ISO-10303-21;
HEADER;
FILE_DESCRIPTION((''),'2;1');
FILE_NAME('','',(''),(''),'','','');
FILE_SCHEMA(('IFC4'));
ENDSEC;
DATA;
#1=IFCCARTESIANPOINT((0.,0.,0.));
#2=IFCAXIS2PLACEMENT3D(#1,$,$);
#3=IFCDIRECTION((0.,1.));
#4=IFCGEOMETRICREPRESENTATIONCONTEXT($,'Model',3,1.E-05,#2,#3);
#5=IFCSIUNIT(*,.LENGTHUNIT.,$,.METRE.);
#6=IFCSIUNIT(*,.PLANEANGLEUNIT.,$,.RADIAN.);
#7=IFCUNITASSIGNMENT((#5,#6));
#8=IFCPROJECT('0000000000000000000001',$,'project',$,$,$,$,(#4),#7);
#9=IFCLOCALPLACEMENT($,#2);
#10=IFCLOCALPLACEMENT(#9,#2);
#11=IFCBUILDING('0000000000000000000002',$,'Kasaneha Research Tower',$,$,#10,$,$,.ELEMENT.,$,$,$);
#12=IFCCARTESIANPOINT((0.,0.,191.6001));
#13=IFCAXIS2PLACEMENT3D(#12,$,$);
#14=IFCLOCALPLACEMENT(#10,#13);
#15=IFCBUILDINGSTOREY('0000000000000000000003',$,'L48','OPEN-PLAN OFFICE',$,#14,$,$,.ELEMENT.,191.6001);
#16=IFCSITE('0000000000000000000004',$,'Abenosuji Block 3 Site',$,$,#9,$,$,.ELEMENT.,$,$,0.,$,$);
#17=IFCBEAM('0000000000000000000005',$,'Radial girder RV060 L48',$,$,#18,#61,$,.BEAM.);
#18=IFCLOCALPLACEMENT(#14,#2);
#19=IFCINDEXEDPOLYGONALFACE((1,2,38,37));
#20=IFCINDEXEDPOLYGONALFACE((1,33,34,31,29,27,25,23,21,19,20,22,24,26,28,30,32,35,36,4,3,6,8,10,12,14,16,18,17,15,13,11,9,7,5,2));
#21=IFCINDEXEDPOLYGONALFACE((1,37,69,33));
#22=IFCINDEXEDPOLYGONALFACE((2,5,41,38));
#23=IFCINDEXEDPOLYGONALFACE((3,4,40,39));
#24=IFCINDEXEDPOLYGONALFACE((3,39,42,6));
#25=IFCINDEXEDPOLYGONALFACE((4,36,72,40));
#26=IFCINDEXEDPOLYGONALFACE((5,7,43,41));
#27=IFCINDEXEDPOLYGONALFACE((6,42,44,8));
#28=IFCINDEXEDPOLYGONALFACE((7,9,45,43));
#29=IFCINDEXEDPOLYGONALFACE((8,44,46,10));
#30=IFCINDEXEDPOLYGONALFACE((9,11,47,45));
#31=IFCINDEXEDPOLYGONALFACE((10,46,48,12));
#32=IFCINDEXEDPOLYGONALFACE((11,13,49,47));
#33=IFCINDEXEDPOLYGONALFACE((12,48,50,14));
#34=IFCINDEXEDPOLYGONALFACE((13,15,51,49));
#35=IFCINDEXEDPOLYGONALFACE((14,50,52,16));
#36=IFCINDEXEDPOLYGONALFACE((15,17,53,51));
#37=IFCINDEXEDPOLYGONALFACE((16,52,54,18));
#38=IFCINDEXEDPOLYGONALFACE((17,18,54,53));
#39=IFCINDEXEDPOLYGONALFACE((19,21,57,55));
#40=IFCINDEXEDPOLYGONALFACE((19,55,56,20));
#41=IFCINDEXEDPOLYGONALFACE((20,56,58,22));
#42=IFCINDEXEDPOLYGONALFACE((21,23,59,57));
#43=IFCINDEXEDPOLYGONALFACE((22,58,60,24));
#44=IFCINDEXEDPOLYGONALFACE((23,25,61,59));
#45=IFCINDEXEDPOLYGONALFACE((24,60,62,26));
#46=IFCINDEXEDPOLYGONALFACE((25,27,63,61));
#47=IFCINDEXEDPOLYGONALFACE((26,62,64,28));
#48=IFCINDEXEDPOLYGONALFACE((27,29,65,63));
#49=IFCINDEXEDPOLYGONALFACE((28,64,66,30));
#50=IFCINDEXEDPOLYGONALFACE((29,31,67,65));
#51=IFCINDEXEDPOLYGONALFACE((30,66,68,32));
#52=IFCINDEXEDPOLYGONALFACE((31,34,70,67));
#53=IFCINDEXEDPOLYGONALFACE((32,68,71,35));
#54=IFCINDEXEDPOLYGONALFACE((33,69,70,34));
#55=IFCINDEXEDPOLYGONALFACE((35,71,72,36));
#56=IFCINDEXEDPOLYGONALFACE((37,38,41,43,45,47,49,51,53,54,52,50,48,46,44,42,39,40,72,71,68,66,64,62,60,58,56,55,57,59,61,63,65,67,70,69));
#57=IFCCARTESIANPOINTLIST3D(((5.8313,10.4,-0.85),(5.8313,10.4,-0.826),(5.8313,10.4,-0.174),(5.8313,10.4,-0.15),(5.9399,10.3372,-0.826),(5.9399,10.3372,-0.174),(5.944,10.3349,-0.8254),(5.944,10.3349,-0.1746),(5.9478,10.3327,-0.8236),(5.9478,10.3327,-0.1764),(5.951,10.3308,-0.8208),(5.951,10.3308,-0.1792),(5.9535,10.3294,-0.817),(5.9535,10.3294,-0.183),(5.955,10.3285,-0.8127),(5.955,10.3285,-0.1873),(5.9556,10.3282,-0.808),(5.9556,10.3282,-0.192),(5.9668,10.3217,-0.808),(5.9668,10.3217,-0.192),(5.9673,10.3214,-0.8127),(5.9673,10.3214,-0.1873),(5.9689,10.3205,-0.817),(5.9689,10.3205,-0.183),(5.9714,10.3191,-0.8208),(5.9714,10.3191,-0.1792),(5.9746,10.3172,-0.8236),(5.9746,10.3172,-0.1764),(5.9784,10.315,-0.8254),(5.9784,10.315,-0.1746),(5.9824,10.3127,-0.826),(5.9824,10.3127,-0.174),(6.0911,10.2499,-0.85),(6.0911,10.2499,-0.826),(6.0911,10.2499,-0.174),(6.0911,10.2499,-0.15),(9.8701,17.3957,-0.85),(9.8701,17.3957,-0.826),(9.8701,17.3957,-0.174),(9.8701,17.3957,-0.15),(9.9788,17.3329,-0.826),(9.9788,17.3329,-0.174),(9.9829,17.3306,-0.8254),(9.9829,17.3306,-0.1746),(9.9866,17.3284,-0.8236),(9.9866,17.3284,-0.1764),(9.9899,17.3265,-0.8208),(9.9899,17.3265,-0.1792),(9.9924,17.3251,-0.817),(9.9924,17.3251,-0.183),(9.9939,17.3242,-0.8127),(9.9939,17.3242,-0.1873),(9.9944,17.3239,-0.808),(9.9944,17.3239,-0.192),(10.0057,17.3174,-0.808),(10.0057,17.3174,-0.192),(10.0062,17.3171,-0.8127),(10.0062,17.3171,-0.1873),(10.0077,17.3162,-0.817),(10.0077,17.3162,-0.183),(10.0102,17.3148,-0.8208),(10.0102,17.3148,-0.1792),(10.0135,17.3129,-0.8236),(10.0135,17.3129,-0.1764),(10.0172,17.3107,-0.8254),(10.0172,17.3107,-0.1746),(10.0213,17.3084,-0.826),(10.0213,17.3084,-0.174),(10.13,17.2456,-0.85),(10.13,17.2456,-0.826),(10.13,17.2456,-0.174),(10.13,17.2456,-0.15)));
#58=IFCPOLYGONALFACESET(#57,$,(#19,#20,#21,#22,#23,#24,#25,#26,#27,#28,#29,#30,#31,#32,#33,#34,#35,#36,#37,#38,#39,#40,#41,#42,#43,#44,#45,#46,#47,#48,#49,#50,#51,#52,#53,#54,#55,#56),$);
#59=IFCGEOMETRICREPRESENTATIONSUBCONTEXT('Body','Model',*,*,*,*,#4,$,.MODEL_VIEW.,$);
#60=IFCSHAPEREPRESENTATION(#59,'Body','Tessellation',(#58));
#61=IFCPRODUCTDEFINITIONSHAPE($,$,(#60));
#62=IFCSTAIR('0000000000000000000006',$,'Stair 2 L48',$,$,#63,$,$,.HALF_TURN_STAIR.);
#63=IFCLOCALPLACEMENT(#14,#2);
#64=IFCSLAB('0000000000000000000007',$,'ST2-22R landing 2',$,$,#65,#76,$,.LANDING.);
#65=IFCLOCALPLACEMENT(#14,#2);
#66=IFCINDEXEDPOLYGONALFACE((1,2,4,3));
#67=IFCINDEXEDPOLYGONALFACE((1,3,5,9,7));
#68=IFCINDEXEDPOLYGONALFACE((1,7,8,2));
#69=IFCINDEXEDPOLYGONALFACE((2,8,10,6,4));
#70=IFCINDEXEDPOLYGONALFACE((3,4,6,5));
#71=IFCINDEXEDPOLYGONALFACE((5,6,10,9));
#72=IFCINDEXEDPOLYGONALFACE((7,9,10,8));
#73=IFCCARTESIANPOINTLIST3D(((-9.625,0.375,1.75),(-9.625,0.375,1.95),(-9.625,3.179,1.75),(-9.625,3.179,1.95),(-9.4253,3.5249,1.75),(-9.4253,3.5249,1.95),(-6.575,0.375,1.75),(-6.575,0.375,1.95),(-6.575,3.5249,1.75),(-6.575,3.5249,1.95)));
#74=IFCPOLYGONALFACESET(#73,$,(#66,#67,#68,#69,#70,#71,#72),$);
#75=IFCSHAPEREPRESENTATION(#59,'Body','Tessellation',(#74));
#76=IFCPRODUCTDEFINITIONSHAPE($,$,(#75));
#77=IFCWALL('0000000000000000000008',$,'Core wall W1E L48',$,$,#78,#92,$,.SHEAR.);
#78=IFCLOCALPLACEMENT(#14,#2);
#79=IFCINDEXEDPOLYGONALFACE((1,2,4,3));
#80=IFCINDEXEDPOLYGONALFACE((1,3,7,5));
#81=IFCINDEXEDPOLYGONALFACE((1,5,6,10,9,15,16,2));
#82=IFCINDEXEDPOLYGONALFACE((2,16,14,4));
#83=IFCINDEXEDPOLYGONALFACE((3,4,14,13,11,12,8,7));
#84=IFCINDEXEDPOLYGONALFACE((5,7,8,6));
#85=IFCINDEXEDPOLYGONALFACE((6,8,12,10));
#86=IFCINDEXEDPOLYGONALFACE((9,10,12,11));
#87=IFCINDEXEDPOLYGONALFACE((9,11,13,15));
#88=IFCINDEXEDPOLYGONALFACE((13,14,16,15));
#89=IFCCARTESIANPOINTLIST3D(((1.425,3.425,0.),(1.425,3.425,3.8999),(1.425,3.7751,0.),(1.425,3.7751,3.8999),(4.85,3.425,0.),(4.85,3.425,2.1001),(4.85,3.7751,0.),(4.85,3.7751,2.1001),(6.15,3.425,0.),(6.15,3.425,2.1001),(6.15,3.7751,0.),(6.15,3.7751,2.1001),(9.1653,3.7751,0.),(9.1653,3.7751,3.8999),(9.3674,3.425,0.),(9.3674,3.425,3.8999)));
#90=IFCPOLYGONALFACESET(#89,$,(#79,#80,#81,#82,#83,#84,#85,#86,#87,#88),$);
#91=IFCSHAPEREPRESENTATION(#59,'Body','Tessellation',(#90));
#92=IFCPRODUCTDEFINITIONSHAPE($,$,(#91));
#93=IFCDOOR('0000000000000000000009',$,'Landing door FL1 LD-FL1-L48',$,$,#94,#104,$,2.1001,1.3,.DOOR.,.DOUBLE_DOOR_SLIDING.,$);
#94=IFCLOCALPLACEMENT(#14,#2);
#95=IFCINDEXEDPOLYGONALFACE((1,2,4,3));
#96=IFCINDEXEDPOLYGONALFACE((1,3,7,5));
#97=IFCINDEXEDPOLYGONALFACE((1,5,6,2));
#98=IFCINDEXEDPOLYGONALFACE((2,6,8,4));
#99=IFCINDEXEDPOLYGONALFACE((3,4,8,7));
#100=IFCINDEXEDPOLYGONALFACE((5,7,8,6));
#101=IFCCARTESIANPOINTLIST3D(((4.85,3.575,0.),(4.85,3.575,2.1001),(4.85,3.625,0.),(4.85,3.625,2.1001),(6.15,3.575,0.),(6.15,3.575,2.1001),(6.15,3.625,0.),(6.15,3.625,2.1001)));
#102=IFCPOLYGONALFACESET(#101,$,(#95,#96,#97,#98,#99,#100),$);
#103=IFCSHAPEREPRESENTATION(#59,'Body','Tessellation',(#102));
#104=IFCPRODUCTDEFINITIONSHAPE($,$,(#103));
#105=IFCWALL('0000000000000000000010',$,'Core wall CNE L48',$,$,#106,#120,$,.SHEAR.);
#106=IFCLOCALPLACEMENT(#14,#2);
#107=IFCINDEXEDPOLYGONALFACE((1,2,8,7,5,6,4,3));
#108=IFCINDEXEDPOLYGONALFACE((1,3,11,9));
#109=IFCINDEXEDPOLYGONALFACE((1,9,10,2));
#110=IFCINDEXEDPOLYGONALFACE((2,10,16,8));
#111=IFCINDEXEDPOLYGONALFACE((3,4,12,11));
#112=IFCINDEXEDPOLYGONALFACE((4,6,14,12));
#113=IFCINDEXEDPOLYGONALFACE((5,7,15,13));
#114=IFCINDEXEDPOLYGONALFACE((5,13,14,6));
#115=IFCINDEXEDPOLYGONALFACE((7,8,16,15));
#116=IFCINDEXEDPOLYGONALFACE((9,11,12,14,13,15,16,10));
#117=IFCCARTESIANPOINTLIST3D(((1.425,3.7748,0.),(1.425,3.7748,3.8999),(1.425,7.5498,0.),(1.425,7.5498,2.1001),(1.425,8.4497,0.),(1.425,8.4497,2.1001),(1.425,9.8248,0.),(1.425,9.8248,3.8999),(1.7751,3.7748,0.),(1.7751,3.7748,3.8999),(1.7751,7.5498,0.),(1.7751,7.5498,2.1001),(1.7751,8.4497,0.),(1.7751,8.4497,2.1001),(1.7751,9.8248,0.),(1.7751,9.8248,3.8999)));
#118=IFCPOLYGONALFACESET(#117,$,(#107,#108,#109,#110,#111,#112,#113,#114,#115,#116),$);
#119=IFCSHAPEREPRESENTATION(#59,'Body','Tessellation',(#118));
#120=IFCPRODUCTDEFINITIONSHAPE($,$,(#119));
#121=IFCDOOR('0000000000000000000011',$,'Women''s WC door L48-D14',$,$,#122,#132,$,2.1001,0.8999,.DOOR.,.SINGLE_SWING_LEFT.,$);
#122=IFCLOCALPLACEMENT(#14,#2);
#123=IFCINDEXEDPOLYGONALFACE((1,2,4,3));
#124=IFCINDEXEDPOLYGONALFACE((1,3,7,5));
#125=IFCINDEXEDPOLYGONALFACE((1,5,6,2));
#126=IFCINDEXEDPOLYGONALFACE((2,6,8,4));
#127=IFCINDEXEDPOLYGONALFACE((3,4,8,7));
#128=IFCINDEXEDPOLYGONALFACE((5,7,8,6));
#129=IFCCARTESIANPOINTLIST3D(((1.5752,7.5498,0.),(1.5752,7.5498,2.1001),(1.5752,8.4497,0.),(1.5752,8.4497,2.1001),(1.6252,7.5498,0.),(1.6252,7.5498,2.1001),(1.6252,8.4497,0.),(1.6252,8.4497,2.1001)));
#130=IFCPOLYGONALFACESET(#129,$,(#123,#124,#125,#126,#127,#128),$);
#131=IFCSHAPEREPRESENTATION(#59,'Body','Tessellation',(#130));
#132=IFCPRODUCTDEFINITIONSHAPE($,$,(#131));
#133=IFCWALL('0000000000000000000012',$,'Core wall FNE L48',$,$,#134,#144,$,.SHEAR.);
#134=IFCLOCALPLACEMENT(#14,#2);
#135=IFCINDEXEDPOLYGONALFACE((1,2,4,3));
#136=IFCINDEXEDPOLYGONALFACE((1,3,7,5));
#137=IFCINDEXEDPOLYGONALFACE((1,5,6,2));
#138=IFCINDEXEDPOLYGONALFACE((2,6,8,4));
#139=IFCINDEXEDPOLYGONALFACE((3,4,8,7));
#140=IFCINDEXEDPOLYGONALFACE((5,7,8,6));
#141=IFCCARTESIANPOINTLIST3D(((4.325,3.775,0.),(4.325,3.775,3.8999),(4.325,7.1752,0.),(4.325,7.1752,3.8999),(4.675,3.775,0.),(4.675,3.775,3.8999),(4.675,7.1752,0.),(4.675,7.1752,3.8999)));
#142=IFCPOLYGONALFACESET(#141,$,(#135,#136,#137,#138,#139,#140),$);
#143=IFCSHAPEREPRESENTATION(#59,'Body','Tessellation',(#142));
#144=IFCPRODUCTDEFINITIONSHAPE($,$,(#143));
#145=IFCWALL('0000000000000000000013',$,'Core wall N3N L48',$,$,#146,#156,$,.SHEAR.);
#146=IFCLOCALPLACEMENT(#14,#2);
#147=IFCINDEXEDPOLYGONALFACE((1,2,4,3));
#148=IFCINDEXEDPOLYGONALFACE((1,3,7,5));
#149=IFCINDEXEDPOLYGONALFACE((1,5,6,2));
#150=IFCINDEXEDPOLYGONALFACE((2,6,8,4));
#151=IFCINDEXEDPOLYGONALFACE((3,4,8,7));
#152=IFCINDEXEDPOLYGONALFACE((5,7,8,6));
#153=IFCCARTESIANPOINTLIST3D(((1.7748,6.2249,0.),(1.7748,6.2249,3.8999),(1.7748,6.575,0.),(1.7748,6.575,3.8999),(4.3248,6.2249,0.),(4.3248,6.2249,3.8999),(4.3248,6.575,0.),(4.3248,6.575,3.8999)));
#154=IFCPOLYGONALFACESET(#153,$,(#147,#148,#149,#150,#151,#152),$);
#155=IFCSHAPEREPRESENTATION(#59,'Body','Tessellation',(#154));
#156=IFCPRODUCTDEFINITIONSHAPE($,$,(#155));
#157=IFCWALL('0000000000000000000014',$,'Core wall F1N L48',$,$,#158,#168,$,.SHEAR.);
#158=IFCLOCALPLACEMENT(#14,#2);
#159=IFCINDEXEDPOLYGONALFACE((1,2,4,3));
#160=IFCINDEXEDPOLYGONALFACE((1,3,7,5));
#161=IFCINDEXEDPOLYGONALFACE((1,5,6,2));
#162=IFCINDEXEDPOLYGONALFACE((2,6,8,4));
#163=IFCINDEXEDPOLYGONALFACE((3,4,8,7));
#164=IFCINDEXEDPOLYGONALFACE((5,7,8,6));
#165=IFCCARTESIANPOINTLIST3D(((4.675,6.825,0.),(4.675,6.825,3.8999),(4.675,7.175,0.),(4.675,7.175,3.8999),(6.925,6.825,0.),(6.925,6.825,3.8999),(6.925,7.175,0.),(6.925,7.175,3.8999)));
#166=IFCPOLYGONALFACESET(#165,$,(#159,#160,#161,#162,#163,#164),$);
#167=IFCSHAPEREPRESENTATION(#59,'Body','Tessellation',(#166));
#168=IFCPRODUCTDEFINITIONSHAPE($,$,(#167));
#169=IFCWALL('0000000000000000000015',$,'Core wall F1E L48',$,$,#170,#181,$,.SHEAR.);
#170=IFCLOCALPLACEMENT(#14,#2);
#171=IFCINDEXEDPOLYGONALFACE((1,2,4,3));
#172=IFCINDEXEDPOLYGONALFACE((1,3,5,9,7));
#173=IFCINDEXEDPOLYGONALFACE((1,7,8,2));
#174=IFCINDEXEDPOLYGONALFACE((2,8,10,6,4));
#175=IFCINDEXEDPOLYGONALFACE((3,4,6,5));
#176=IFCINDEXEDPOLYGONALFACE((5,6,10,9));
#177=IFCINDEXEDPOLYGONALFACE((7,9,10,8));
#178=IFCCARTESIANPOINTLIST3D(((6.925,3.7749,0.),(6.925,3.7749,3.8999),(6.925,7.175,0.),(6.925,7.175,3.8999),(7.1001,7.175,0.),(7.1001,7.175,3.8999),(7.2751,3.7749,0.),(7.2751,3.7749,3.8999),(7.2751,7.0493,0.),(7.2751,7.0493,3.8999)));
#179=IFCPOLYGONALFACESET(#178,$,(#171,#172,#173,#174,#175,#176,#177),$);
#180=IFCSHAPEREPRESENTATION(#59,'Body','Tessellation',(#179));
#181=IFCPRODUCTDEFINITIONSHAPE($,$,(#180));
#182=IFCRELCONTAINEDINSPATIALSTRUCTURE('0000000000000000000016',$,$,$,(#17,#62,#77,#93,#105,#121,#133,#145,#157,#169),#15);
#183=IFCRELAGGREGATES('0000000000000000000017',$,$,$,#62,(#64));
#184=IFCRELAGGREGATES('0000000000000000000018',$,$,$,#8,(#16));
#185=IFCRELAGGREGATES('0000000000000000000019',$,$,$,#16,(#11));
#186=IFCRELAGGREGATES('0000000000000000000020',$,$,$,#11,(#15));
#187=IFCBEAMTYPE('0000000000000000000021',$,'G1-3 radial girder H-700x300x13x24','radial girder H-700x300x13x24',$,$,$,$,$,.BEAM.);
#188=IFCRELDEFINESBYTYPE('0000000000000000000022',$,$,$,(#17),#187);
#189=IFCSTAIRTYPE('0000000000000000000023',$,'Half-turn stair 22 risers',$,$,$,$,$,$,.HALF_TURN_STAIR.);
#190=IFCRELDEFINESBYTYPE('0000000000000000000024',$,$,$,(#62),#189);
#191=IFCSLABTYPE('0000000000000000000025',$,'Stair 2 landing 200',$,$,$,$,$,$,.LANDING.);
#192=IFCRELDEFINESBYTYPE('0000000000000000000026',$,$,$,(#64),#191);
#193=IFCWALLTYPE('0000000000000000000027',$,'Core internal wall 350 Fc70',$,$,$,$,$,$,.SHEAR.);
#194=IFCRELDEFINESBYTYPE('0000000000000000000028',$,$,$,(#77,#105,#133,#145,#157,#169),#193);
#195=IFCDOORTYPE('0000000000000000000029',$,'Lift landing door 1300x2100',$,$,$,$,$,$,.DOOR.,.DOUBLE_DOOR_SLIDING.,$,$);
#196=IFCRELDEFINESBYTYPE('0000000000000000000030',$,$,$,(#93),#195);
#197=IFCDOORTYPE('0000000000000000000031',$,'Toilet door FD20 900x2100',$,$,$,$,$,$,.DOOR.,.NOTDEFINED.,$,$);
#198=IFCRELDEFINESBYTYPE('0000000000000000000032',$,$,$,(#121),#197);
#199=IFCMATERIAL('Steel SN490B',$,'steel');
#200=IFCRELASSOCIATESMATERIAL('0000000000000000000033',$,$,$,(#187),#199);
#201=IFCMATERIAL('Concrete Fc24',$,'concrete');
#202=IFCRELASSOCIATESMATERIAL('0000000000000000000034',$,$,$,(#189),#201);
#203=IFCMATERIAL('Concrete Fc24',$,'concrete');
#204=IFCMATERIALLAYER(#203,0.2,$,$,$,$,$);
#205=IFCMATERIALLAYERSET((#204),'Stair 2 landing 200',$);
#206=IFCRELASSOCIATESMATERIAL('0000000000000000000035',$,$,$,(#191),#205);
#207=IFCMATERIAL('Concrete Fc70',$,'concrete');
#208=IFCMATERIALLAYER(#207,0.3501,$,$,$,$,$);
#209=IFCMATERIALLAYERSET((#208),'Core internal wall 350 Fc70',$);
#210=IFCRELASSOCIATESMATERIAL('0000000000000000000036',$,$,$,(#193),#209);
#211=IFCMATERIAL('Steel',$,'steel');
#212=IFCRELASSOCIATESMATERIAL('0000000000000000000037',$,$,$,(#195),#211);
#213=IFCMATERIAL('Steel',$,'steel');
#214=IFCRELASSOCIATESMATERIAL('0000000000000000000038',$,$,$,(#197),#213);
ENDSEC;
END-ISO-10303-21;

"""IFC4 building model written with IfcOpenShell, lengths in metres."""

from ifc_helpers import new_model, si_unit, direction, frame, frame_2d, origin, origin_2d, place, context, subcontext, project, spatial, polyline, rectangle, i_section, outline, extrude, material, layer, layer_set, material_profile, profile_set, type_object, element, fill, aggregate, save


model = new_model("IFC4")

# Units and contexts
model_context = context("Model", 3, precision=1e-05, world=origin(), true_north=direction((0.0, 1.0)))
body_context = subcontext(model_context, "Body", "Model", "MODEL_VIEW")
ifc_project = project(units=[si_unit("LENGTHUNIT", "METRE"), si_unit("PLANEANGLEUNIT", "RADIAN")], contexts=[model_context])

# Site, building, storey
site_placement = place(None, origin())
site = spatial("IfcSite", under=ifc_project, at=site_placement, Name="Abenosuji Block 3 Site", CompositionType="ELEMENT", RefElevation=0.0)
building_placement = place(site_placement, origin())
building = spatial("IfcBuilding", under=site, at=building_placement, Name="Kasaneha Research Tower", CompositionType="ELEMENT")
storey_placement = place(building_placement, frame((0.0, 0.0, 191.6001)))
storey = spatial("IfcBuildingStorey", under=building, at=storey_placement, Name="L48", Description="OPEN-PLAN OFFICE", CompositionType="ELEMENT", Elevation=191.6001)

# Beam
ifc_material_1 = material(Name="Steel SN490B", Category="steel")
ifc_material_profile = material_profile(ifc_material_1, i_section(OverallWidth=0.3, OverallDepth=0.7, WebThickness=0.0129, FlangeThickness=0.0239, FilletRadius=0.0181, at=origin_2d()), Name="H-700x300x13x24")
ifc_profile_set = profile_set([ifc_material_profile], Name="Steel SN490B")
beam_type = type_object("IfcBeamType", Name="G1-3 radial girder H-700x300x13x24", Description="radial girder H-700x300x13x24", PredefinedType="BEAM", material=ifc_profile_set)
beam_placement = place(storey_placement, frame((5.9612, 10.325, -0.5), z_axis=(0.499991, 0.866031, 0.0), x_axis=(-0.866031, 0.499991, 0.0)))
element("IfcBeam", 1, at=beam_placement, inside=storey, type_object=beam_type, Name="Radial girder RV060 L48", PredefinedType="BEAM", context=body_context, shape_type="SweptSolid", body=[
    extrude(i_section(OverallWidth=0.3, OverallDepth=0.7, WebThickness=0.0129, FlangeThickness=0.0239, FilletRadius=0.0181, at=origin_2d()), origin(), (0.0, 0.0, 1.0), 8.0779),
])

# Stair, slab
ifc_material_2 = material(Name="Concrete Fc24", Category="concrete")
stair_type = type_object("IfcStairType", Name="Half-turn stair 22 risers", PredefinedType="HALF_TURN_STAIR", material=ifc_material_2)
stair_1_placement = place(storey_placement, origin())
stair_1 = element("IfcStair", 2, at=stair_1_placement, inside=storey, type_object=stair_type, Name="Stair 2 L48", PredefinedType="HALF_TURN_STAIR")
ifc_material_3 = material(Name="Concrete Fc24", Category="concrete")
ifc_layer_1 = layer(ifc_material_3, 0.2)
ifc_layer_set_1 = layer_set([ifc_layer_1], Name="Stair 2 landing 200")
slab_type = type_object("IfcSlabType", Name="Stair 2 landing 200", PredefinedType="LANDING", material=ifc_layer_set_1)
slab_placement = place(storey_placement, frame((0.0, 0.0, 1.75)))
slab = element("IfcSlab", 3, at=slab_placement, type_object=slab_type, Name="ST2-22R landing 2", PredefinedType="LANDING", context=body_context, shape_type="SweptSolid", body=[
    extrude(outline(polyline([(-6.575, 0.375), (-9.625, 0.375), (-9.625, 3.179), (-9.4253, 3.5249), (-6.575, 3.5249), (-6.575, 0.375)])), origin(), (0.0, 0.0, 1.0), 0.2),
])
aggregate(stair_1, [slab])

# Walls, openings, doors
ifc_material_4 = material(Name="Concrete Fc70", Category="concrete")
ifc_layer_2 = layer(ifc_material_4, 0.3501)
ifc_layer_set_2 = layer_set([ifc_layer_2], Name="Core internal wall 350 Fc70")
wall_type_1 = type_object("IfcWallType", Name="Core internal wall 350 Fc70", PredefinedType="SHEAR", material=ifc_layer_set_2)
wall_1_placement = place(storey_placement, frame((1.425, 3.6001, 0.0), z_axis=(0.0, 0.0, 1.0), x_axis=(1.0, 0.0, 0.0)))
wall_1 = element("IfcWall", 4, at=wall_1_placement, inside=storey, type_object=wall_type_1, Name="Core wall W1E L48", PredefinedType="SHEAR", context=body_context, shape_type="SweptSolid", body=[
    extrude(outline(polyline([(0.0, -0.175), (3.425, -0.175), (4.7251, -0.175), (7.9424, -0.175), (7.7402, 0.175), (4.7251, 0.175), (3.425, 0.175), (0.0, 0.175), (0.0, -0.175)])), origin(), (0.0, 0.0, 1.0), 3.8999),
])
opening_1_placement = place(wall_1_placement, frame((3.425, 0.0, 0.0)))
opening_1 = element("IfcOpeningElement", 5, at=opening_1_placement, cuts=wall_1, PredefinedType="OPENING", context=body_context, shape_type="SweptSolid", body=[
    extrude(rectangle(XDim=1.3, YDim=2.1001, at=frame_2d((0.6499, 1.05))), frame((0.0, 0.1851, 0.0), z_axis=(0.0, -1.0, 0.0), x_axis=(1.0, 0.0, 0.0)), (0.0, 0.0, 1.0), 0.3701),
])
ifc_material_5 = material(Name="Steel", Category="steel")
door_type_1 = type_object("IfcDoorType", Name="Lift landing door 1300x2100", OperationType="DOUBLE_DOOR_SLIDING", PredefinedType="DOOR", material=ifc_material_5)
door_1_placement = place(opening_1_placement, origin())
door_1 = element("IfcDoor", 6, at=door_1_placement, inside=storey, type_object=door_type_1, Name="Landing door FL1 LD-FL1-L48", OperationType="DOUBLE_DOOR_SLIDING", OverallHeight=2.1001, OverallWidth=1.3, PredefinedType="DOOR", context=body_context, shape_type="SweptSolid", body=[
    extrude(rectangle(XDim=1.3, YDim=2.1001, at=frame_2d((0.6499, 1.05))), frame((0.0, 0.0249, 0.0), z_axis=(0.0, -1.0, 0.0), x_axis=(1.0, 0.0, 0.0)), (0.0, 0.0, 1.0), 0.05),
])
fill(opening_1, door_1)
wall_2_placement = place(storey_placement, frame((1.6001, 3.7749, 0.0), z_axis=(0.0, 0.0, 1.0), x_axis=(0.0, 1.0, 0.0)))
wall_2 = element("IfcWall", 7, at=wall_2_placement, inside=storey, type_object=wall_type_1, Name="Core wall CNE L48", PredefinedType="SHEAR", context=body_context, shape_type="SweptSolid", body=[
    extrude(rectangle(XDim=6.05, YDim=0.3501, at=frame_2d((3.0249, 0.0))), origin(), (0.0, 0.0, 1.0), 3.8999),
])
opening_2_placement = place(wall_2_placement, frame((3.7749, 0.0, 0.0)))
opening_2 = element("IfcOpeningElement", 8, at=opening_2_placement, cuts=wall_2, PredefinedType="OPENING", context=body_context, shape_type="SweptSolid", body=[
    extrude(rectangle(XDim=0.8999, YDim=2.1001, at=frame_2d((0.45, 1.05))), frame((0.0, 0.1851, 0.0), z_axis=(0.0, -1.0, 0.0), x_axis=(1.0, 0.0, 0.0)), (0.0, 0.0, 1.0), 0.3701),
])
ifc_material_6 = material(Name="Steel", Category="steel")
door_type_2 = type_object("IfcDoorType", Name="Toilet door FD20 900x2100", OperationType="NOTDEFINED", PredefinedType="DOOR", material=ifc_material_6)
door_2_placement = place(opening_2_placement, origin())
door_2 = element("IfcDoor", 9, at=door_2_placement, inside=storey, type_object=door_type_2, Name="Women's WC door L48-D14", OperationType="SINGLE_SWING_LEFT", OverallHeight=2.1001, OverallWidth=0.8999, PredefinedType="DOOR", context=body_context, shape_type="SweptSolid", body=[
    extrude(rectangle(XDim=0.8999, YDim=2.1001, at=frame_2d((0.45, 1.05))), frame((0.0, 0.0249, 0.0), z_axis=(0.0, -1.0, 0.0), x_axis=(1.0, 0.0, 0.0)), (0.0, 0.0, 1.0), 0.05),
])
fill(opening_2, door_2)

# Walls
wall_3_placement = place(storey_placement, frame((4.5, 3.7749, 0.0), z_axis=(0.0, 0.0, 1.0), x_axis=(0.0, 1.0, 0.0)))
element("IfcWall", 10, at=wall_3_placement, inside=storey, type_object=wall_type_1, Name="Core wall FNE L48", PredefinedType="SHEAR", context=body_context, shape_type="SweptSolid", body=[
    extrude(rectangle(XDim=3.4001, YDim=0.3501, at=frame_2d((1.7002, 0.0))), origin(), (0.0, 0.0, 1.0), 3.8999),
])
wall_4_placement = place(storey_placement, frame((1.7749, 6.3999, 0.0), z_axis=(0.0, 0.0, 1.0), x_axis=(1.0, 0.0, 0.0)))
element("IfcWall", 11, at=wall_4_placement, inside=storey, type_object=wall_type_1, Name="Core wall N3N L48", PredefinedType="SHEAR", context=body_context, shape_type="SweptSolid", body=[
    extrude(rectangle(XDim=2.55, YDim=0.3501, at=frame_2d((1.2749, 0.0))), origin(), (0.0, 0.0, 1.0), 3.8999),
])
wall_5_placement = place(storey_placement, frame((4.675, 7.0, 0.0), z_axis=(0.0, 0.0, 1.0), x_axis=(1.0, 0.0, 0.0)))
element("IfcWall", 12, at=wall_5_placement, inside=storey, type_object=wall_type_1, Name="Core wall F1N L48", PredefinedType="SHEAR", context=body_context, shape_type="SweptSolid", body=[
    extrude(rectangle(XDim=2.25, YDim=0.3501, at=frame_2d((1.125, 0.0))), origin(), (0.0, 0.0, 1.0), 3.8999),
])
wall_6_placement = place(storey_placement, frame((7.1001, 3.7749, 0.0), z_axis=(0.0, 0.0, 1.0), x_axis=(0.0, 1.0, 0.0)))
element("IfcWall", 13, at=wall_6_placement, inside=storey, type_object=wall_type_1, Name="Core wall F1E L48", PredefinedType="SHEAR", context=body_context, shape_type="SweptSolid", body=[
    extrude(outline(polyline([(0.0, -0.175), (3.2744, -0.175), (3.4001, 0.0), (3.4001, 0.175), (0.0, 0.175), (0.0, -0.175)])), origin(), (0.0, 0.0, 1.0), 3.8999),
])

save(model, "model.ifc")
